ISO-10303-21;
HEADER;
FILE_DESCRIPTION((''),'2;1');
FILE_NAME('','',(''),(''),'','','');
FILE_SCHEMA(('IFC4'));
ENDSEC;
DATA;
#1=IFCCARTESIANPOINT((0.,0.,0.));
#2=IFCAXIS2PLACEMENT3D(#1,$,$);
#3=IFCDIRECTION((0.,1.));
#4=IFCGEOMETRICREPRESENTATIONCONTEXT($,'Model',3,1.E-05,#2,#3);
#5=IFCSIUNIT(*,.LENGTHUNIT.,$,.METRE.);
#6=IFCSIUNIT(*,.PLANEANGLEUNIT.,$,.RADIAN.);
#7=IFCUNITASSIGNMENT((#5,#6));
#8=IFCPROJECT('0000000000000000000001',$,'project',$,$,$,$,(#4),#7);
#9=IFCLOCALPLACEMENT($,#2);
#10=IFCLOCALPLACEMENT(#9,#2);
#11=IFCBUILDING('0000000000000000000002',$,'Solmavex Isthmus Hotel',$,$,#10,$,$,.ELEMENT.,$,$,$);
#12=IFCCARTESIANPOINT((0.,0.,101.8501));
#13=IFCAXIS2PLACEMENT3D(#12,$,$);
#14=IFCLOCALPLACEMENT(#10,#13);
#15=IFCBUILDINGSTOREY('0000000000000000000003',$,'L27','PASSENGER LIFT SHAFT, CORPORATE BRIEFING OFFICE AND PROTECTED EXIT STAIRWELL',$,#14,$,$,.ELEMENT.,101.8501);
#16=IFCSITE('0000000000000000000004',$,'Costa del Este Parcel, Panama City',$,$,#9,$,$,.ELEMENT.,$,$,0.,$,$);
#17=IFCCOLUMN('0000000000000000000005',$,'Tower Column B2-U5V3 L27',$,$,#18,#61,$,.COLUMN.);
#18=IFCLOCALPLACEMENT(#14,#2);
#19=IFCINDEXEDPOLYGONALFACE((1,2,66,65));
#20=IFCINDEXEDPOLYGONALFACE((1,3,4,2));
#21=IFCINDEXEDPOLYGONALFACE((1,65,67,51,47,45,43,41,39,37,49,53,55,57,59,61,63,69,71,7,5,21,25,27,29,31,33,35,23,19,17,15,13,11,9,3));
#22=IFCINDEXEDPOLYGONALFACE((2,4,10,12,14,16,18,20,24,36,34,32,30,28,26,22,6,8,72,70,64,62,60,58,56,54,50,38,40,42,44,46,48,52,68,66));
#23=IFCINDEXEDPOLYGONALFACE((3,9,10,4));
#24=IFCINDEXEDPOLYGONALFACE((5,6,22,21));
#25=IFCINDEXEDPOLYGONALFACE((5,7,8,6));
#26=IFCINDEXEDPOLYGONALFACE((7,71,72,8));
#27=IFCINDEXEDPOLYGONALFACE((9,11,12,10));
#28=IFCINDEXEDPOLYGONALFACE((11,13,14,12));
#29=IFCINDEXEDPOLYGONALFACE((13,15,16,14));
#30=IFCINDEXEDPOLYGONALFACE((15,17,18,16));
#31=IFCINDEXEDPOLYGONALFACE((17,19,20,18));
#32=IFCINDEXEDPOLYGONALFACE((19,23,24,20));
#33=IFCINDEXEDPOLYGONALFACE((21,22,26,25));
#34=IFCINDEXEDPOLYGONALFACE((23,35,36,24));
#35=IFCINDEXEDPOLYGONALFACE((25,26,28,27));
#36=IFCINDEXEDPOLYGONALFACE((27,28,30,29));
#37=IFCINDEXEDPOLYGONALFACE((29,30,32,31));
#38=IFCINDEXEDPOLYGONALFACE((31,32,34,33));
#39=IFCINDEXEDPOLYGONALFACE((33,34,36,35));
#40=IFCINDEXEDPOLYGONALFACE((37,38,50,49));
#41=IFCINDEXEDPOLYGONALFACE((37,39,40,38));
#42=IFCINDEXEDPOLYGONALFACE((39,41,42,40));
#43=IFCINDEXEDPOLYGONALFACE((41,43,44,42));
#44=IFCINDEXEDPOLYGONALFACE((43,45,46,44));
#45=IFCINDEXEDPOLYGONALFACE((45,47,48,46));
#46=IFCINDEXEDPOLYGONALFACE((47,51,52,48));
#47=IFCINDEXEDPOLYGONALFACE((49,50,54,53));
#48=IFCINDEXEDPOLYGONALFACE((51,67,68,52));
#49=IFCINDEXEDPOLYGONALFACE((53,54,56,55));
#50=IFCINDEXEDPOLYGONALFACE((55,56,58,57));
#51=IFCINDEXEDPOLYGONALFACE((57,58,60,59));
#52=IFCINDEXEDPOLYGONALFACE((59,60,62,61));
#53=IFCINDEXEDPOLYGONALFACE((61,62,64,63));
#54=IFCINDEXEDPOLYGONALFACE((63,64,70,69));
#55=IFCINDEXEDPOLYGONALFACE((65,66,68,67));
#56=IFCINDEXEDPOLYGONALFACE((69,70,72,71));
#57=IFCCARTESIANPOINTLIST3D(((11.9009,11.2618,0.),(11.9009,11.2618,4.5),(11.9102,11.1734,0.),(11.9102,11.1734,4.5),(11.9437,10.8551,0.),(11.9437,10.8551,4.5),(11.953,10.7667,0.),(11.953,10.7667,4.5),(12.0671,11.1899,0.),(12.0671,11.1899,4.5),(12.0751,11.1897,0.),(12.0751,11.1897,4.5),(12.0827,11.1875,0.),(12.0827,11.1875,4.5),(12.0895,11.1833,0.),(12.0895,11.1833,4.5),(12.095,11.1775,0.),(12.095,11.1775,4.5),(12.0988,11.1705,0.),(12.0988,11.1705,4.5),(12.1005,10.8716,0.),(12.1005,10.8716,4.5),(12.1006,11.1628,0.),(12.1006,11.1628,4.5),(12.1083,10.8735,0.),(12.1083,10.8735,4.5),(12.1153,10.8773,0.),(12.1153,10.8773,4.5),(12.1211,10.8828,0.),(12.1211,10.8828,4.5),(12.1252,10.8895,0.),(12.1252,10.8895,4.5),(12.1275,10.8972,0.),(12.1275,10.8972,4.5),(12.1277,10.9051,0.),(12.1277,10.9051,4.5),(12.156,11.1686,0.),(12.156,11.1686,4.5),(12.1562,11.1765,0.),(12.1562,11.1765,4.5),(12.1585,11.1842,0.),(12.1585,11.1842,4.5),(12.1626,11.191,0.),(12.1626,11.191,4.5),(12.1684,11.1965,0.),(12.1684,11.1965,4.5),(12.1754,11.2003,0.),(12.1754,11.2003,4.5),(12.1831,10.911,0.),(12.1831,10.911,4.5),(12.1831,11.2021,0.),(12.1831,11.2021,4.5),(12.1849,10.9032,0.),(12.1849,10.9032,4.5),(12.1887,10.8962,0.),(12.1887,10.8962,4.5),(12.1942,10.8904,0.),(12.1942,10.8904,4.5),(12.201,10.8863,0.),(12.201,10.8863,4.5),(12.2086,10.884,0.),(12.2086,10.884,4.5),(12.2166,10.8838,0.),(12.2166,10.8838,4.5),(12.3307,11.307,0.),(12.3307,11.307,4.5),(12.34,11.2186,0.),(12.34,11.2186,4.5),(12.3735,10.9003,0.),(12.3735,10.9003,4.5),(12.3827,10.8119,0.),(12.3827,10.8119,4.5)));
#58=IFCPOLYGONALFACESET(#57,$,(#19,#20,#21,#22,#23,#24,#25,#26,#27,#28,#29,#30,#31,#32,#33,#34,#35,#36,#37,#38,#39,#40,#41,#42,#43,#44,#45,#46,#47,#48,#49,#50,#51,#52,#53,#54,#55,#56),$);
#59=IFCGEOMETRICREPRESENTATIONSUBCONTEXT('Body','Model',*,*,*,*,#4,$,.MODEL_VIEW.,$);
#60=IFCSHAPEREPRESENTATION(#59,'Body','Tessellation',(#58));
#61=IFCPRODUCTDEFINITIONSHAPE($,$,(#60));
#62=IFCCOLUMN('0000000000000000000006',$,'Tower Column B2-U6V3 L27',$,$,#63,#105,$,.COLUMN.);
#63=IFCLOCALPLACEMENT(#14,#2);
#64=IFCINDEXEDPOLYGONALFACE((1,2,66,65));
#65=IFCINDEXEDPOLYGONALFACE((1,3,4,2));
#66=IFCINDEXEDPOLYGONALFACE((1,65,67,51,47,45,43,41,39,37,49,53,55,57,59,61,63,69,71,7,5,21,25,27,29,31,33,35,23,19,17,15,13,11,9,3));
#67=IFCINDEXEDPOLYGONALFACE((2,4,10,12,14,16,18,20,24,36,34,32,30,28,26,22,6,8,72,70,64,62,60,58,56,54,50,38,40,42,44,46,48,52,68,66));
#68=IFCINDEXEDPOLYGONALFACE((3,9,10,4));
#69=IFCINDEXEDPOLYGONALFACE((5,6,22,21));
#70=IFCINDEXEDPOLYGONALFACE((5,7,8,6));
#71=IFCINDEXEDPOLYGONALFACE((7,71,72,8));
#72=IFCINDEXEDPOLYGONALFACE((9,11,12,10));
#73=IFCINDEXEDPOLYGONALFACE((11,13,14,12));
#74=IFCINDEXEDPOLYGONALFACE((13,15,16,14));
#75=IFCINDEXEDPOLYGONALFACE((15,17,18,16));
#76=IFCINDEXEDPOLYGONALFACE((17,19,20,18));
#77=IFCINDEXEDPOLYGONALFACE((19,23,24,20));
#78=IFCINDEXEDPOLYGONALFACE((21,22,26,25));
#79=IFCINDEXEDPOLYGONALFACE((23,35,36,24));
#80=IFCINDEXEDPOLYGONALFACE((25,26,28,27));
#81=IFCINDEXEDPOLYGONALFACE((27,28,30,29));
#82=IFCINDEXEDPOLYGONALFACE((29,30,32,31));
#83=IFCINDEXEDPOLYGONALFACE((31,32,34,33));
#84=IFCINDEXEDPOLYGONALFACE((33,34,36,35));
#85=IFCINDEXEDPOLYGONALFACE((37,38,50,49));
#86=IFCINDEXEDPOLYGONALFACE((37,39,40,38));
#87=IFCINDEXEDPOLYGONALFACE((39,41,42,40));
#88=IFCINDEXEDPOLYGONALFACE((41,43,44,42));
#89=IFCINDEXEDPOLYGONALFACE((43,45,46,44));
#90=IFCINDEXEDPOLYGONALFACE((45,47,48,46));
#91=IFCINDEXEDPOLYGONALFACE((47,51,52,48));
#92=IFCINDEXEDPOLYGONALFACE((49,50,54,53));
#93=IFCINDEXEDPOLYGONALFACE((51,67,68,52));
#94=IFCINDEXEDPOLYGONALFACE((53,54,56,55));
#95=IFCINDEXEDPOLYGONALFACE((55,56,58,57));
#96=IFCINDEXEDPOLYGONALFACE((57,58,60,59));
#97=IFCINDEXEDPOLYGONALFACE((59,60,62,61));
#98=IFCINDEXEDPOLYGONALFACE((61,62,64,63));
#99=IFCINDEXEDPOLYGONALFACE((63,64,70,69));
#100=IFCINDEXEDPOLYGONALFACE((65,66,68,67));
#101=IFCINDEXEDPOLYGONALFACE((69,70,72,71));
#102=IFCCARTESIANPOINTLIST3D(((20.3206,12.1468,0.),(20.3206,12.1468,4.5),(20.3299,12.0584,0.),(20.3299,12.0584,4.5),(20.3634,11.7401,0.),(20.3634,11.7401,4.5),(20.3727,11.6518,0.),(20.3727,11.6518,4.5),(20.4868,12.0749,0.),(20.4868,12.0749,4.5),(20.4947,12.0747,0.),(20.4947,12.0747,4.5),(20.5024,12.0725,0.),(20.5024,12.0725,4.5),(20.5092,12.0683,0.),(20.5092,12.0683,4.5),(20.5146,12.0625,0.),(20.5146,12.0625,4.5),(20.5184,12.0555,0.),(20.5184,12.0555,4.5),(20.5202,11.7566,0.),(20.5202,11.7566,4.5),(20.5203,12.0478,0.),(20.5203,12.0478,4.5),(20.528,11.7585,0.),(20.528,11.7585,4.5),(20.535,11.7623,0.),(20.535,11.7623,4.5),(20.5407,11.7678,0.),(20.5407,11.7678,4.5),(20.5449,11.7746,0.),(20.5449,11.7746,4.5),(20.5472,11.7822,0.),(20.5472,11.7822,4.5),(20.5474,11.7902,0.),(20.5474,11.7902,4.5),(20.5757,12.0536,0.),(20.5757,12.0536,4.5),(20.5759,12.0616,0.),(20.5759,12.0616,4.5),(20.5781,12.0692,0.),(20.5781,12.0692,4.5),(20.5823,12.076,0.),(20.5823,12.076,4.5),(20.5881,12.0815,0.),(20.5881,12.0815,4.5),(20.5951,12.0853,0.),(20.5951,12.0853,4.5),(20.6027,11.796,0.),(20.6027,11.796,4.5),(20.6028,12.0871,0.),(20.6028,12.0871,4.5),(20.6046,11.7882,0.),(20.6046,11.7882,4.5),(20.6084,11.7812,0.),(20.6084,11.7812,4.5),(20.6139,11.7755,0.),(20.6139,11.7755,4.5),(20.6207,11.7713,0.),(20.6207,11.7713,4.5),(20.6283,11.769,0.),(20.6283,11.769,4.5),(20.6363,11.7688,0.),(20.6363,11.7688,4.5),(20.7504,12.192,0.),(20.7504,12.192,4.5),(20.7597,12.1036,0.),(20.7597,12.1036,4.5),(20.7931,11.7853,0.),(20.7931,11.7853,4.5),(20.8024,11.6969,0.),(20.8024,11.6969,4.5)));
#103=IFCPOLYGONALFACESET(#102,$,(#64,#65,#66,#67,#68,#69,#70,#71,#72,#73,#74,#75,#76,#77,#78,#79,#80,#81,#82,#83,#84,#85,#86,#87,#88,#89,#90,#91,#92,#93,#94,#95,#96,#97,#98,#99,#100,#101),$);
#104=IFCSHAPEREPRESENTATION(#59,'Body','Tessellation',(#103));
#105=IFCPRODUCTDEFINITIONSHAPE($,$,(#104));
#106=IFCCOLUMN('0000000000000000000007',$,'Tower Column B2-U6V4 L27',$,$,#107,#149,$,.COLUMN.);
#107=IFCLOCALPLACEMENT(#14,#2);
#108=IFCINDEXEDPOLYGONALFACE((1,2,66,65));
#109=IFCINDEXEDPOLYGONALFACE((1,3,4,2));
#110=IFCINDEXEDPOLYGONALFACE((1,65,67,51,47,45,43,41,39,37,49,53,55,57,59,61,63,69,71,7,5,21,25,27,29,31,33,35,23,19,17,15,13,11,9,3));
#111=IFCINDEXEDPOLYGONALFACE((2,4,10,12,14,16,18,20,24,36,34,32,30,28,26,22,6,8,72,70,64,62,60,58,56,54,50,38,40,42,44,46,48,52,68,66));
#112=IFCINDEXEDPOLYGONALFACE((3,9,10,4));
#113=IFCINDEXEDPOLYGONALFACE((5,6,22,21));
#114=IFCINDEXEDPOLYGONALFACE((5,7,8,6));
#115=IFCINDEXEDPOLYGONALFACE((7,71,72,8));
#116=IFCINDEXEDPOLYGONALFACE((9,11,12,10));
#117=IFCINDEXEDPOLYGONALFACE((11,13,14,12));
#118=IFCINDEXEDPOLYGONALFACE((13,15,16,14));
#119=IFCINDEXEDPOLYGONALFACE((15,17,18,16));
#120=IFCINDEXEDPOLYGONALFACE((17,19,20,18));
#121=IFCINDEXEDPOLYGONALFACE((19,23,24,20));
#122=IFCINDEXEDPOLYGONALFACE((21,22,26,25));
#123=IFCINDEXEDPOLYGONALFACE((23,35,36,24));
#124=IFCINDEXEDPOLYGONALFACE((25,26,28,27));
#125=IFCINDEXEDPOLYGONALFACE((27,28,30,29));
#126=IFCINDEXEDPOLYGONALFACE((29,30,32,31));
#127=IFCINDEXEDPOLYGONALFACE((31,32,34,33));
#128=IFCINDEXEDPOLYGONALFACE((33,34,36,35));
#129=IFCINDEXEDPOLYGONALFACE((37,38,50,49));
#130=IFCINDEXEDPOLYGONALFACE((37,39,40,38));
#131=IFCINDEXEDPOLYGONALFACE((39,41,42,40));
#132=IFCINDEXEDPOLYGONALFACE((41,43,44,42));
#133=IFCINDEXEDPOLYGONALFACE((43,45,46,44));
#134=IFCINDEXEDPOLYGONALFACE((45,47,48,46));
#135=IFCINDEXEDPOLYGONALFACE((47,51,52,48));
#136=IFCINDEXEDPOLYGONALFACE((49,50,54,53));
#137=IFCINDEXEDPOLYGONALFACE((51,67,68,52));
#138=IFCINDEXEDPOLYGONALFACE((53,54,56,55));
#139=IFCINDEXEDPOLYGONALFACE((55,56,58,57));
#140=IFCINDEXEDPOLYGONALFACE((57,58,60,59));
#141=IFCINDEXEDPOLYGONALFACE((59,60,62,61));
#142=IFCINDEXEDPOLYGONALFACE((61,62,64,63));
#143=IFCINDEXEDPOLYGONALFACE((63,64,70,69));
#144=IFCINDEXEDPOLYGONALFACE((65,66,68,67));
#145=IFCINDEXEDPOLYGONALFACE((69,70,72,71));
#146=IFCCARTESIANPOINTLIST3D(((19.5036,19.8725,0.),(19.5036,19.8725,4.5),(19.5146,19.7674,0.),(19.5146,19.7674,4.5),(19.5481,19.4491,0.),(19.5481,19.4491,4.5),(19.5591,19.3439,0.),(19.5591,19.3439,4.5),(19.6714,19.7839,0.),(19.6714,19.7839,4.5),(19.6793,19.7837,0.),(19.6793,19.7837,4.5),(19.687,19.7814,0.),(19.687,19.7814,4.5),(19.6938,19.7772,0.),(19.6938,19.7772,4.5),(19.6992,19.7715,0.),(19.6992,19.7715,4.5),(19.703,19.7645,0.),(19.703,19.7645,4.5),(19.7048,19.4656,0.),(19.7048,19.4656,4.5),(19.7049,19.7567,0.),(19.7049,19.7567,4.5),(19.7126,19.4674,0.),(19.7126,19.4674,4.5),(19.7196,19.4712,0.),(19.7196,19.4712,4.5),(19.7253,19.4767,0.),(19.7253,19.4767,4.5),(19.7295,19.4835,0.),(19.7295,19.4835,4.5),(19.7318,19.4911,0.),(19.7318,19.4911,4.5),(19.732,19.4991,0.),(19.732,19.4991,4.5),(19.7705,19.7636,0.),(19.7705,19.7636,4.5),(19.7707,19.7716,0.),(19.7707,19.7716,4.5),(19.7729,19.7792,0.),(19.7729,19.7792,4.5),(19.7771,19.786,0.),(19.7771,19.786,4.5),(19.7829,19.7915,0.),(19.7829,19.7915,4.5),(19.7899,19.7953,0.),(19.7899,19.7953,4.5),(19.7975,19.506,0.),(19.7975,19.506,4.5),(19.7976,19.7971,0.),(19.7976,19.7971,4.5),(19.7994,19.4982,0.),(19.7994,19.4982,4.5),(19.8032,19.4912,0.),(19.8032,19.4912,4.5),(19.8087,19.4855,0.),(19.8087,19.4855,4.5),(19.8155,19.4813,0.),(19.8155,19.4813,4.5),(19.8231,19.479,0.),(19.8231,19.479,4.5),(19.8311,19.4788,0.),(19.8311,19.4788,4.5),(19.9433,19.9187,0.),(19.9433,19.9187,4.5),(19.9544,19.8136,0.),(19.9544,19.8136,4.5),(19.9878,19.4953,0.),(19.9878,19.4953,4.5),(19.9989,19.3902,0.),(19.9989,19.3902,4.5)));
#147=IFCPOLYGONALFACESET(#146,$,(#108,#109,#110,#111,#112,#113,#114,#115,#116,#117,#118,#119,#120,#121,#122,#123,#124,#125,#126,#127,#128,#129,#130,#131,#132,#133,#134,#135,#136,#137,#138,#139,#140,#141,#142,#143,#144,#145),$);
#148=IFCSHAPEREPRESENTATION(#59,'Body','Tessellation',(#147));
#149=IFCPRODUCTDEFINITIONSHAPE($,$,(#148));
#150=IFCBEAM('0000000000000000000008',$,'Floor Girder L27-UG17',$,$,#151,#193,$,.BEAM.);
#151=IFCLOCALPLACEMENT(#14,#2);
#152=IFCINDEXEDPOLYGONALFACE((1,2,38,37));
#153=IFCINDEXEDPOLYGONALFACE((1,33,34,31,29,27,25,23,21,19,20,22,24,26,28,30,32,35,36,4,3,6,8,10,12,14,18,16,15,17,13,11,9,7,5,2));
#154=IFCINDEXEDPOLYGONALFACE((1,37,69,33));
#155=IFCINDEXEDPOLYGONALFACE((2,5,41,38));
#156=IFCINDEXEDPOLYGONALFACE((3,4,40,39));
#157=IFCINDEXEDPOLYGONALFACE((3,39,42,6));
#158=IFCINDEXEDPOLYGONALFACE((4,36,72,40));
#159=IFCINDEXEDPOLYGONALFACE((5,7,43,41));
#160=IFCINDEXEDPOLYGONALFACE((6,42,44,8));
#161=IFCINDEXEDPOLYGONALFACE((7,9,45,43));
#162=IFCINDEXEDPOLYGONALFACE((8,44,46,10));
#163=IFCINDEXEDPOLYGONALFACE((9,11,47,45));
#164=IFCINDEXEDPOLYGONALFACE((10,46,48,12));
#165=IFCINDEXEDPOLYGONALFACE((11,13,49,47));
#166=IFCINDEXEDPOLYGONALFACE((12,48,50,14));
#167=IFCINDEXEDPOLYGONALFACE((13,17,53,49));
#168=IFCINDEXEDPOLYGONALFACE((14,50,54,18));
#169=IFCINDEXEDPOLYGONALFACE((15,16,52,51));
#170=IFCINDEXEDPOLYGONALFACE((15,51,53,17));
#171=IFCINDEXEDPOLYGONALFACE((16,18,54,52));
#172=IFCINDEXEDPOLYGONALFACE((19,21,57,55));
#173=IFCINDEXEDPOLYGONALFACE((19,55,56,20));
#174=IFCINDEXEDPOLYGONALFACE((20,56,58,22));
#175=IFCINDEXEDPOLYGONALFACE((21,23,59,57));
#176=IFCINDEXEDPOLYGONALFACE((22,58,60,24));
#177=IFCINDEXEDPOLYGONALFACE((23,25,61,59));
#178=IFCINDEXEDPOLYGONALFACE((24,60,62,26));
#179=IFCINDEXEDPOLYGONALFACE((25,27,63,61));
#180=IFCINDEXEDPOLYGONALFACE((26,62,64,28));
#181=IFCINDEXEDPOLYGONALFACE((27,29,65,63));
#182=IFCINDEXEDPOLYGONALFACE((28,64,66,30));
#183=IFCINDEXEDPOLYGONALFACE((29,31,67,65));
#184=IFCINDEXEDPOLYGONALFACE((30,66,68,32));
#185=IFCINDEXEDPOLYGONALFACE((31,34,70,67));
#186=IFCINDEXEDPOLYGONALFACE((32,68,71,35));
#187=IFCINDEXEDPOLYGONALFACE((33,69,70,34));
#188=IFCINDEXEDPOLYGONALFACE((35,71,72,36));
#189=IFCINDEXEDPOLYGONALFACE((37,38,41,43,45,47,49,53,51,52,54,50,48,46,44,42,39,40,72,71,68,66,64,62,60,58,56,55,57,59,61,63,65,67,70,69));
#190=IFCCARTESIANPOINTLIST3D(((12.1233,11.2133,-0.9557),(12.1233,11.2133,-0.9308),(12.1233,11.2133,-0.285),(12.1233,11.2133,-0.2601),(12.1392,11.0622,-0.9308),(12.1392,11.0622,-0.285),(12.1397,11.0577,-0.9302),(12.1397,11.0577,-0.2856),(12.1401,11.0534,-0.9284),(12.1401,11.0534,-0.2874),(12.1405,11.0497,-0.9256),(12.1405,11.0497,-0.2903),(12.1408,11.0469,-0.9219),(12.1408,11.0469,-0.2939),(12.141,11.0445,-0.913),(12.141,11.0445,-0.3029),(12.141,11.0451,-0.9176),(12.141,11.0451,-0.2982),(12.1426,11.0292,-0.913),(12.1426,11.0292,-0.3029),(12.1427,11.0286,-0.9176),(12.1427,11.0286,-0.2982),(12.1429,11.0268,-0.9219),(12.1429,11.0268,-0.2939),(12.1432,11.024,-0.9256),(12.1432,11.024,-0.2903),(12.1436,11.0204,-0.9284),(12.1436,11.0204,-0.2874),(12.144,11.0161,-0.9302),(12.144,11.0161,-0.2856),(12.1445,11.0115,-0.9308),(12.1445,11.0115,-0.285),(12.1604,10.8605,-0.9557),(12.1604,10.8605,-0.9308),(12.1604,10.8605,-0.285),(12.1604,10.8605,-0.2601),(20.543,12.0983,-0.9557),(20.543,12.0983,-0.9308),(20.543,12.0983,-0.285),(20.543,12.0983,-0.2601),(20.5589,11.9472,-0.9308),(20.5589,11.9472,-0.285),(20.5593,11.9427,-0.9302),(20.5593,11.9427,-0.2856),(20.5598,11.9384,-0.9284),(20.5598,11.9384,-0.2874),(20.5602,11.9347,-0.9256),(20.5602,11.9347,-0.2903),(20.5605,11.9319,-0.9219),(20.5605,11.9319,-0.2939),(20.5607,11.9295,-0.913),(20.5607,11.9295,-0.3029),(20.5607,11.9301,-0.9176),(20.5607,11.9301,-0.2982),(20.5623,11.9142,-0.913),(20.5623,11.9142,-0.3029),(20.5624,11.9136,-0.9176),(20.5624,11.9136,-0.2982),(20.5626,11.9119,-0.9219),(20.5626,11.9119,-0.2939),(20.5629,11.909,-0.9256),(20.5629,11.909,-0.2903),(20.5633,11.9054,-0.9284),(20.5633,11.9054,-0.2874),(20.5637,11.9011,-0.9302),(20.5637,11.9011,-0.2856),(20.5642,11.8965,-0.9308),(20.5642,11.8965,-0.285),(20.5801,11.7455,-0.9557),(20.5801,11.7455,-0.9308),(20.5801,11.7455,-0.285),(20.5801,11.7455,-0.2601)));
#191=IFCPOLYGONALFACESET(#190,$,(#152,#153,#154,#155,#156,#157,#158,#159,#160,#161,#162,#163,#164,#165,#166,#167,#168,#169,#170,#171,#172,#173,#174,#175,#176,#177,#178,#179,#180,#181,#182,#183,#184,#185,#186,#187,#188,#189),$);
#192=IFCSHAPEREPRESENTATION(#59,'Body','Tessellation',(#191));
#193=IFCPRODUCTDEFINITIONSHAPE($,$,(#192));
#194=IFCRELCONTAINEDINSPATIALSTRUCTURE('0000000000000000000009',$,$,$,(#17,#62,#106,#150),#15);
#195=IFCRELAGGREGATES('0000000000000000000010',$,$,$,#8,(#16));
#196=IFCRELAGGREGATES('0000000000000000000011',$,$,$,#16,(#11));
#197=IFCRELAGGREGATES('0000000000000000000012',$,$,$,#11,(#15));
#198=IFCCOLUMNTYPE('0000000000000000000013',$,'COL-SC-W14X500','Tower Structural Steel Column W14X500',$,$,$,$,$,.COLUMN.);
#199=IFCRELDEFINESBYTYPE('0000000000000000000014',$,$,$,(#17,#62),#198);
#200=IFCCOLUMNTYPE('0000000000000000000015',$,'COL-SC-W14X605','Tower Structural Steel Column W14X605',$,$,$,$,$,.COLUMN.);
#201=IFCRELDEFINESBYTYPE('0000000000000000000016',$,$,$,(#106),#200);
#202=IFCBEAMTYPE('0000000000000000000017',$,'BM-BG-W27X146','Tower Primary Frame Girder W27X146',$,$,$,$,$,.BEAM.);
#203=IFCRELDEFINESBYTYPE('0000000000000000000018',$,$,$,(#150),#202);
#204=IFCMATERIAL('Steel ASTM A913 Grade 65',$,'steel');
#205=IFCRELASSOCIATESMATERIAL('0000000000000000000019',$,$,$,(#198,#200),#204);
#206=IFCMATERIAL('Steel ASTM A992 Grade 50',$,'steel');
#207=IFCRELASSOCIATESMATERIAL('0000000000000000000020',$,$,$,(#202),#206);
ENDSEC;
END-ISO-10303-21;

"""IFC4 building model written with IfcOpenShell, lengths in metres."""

from ifc_helpers import new_model, si_unit, direction, frame, origin, origin_2d, place, context, subcontext, project, spatial, i_section, extrude, material, material_profile, profile_set, type_object, element, save


model = new_model("IFC4")

# Units and contexts
model_context = context("Model", 3, precision=1e-05, world=origin(), true_north=direction((0.0, 1.0)))
body_context = subcontext(model_context, "Body", "Model", "MODEL_VIEW")
ifc_project = project(units=[si_unit("LENGTHUNIT", "METRE"), si_unit("PLANEANGLEUNIT", "RADIAN")], contexts=[model_context])

# Site, building, storey
site_placement = place(None, origin())
site = spatial("IfcSite", under=ifc_project, at=site_placement, Name="Costa del Este Parcel, Panama City", CompositionType="ELEMENT", RefElevation=0.0)
building_placement = place(site_placement, origin())
building = spatial("IfcBuilding", under=site, at=building_placement, Name="Solmavex Isthmus Hotel", CompositionType="ELEMENT")
storey_placement = place(building_placement, frame((0.0, 0.0, 101.8501)))
storey = spatial("IfcBuildingStorey", under=building, at=storey_placement, Name="L27", Description="PASSENGER LIFT SHAFT, CORPORATE BRIEFING OFFICE AND PROTECTED EXIT STAIRWELL", CompositionType="ELEMENT", Elevation=101.8501)

# Columns
ifc_material_1 = material(Name="Steel ASTM A913 Grade 65", Category="steel")
ifc_material_profile_1 = material_profile(ifc_material_1, i_section(OverallWidth=0.4321, OverallDepth=0.4978, WebThickness=0.0557, FlangeThickness=0.0889, FilletRadius=0.0305, at=origin_2d()), Name="W14X500")
ifc_profile_set_1 = profile_set([ifc_material_profile_1], Name="Steel ASTM A913 Grade 65")
column_type_1 = type_object("IfcColumnType", Name="COL-SC-W14X500", Description="Tower Structural Steel Column W14X500", PredefinedType="COLUMN", material=ifc_profile_set_1)
for number, where, z_axis, x_axis, name in (
    (1, (12.1418, 11.0369, 0.0), (0.0, 0.0, 1.0), (0.994522, 0.104528, 0.0), "Tower Column B2-U5V3 L27"),
    (2, (20.5615, 11.9219, 0.0), (0.0, 0.0, 1.0), (0.994522, 0.104528, 0.0), "Tower Column B2-U6V3 L27"),
):
    element("IfcColumn", number, at=place(storey_placement, frame(where, z_axis=z_axis, x_axis=x_axis)), inside=storey, type_object=column_type_1, Name=name, PredefinedType="COLUMN", context=body_context, shape_type="SweptSolid", body=[
        extrude(i_section(OverallWidth=0.4321, OverallDepth=0.4978, WebThickness=0.0557, FlangeThickness=0.0889, FilletRadius=0.0305, at=origin_2d()), origin(), (0.0, 0.0, 1.0), 4.5),
    ])
ifc_material_profile_2 = material_profile(ifc_material_1, i_section(OverallWidth=0.4421, OverallDepth=0.5315, WebThickness=0.0659, FlangeThickness=0.1057, FilletRadius=0.0305, at=origin_2d()), Name="W14X605")
ifc_profile_set_2 = profile_set([ifc_material_profile_2], Name="Steel ASTM A913 Grade 65")
column_type_2 = type_object("IfcColumnType", Name="COL-SC-W14X605", Description="Tower Structural Steel Column W14X605", PredefinedType="COLUMN", material=ifc_profile_set_2)
column_placement = place(storey_placement, frame((19.7512, 19.6313, 0.0), z_axis=(0.0, 0.0, 1.0), x_axis=(0.994522, 0.104528, 0.0)))
element("IfcColumn", 3, at=column_placement, inside=storey, type_object=column_type_2, Name="Tower Column B2-U6V4 L27", PredefinedType="COLUMN", context=body_context, shape_type="SweptSolid", body=[
    extrude(i_section(OverallWidth=0.4421, OverallDepth=0.5315, WebThickness=0.0659, FlangeThickness=0.1057, FilletRadius=0.0305, at=origin_2d()), origin(), (0.0, 0.0, 1.0), 4.5),
])

# Beam
ifc_material_2 = material(Name="Steel ASTM A992 Grade 50", Category="steel")
ifc_material_profile_3 = material_profile(ifc_material_2, i_section(OverallWidth=0.3547, OverallDepth=0.6956, WebThickness=0.0154, FlangeThickness=0.0249, FilletRadius=0.0178, at=origin_2d()), Name="W27X146")
ifc_profile_set_3 = profile_set([ifc_material_profile_3], Name="Steel ASTM A992 Grade 50")
beam_type_1 = type_object("IfcBeamType", Name="BM-BG-W27X146", Description="Tower Primary Frame Girder W27X146", PredefinedType="BEAM", material=ifc_profile_set_3)
beam_1_placement = place(storey_placement, frame((12.1418, 11.0369, -0.6079), z_axis=(0.994521, 0.104536, 0.0), x_axis=(-0.104536, 0.994521, 0.0)))
element("IfcBeam", 4, at=beam_1_placement, inside=storey, type_object=beam_type_1, Name="Floor Girder L27-UG17", PredefinedType="BEAM", context=body_context, shape_type="SweptSolid", body=[
    extrude(i_section(OverallWidth=0.3547, OverallDepth=0.6956, WebThickness=0.0154, FlangeThickness=0.0249, FilletRadius=0.0178, at=origin_2d()), origin(), (0.0, 0.0, 1.0), 8.4661),
])

save(model, "model.ifc")
